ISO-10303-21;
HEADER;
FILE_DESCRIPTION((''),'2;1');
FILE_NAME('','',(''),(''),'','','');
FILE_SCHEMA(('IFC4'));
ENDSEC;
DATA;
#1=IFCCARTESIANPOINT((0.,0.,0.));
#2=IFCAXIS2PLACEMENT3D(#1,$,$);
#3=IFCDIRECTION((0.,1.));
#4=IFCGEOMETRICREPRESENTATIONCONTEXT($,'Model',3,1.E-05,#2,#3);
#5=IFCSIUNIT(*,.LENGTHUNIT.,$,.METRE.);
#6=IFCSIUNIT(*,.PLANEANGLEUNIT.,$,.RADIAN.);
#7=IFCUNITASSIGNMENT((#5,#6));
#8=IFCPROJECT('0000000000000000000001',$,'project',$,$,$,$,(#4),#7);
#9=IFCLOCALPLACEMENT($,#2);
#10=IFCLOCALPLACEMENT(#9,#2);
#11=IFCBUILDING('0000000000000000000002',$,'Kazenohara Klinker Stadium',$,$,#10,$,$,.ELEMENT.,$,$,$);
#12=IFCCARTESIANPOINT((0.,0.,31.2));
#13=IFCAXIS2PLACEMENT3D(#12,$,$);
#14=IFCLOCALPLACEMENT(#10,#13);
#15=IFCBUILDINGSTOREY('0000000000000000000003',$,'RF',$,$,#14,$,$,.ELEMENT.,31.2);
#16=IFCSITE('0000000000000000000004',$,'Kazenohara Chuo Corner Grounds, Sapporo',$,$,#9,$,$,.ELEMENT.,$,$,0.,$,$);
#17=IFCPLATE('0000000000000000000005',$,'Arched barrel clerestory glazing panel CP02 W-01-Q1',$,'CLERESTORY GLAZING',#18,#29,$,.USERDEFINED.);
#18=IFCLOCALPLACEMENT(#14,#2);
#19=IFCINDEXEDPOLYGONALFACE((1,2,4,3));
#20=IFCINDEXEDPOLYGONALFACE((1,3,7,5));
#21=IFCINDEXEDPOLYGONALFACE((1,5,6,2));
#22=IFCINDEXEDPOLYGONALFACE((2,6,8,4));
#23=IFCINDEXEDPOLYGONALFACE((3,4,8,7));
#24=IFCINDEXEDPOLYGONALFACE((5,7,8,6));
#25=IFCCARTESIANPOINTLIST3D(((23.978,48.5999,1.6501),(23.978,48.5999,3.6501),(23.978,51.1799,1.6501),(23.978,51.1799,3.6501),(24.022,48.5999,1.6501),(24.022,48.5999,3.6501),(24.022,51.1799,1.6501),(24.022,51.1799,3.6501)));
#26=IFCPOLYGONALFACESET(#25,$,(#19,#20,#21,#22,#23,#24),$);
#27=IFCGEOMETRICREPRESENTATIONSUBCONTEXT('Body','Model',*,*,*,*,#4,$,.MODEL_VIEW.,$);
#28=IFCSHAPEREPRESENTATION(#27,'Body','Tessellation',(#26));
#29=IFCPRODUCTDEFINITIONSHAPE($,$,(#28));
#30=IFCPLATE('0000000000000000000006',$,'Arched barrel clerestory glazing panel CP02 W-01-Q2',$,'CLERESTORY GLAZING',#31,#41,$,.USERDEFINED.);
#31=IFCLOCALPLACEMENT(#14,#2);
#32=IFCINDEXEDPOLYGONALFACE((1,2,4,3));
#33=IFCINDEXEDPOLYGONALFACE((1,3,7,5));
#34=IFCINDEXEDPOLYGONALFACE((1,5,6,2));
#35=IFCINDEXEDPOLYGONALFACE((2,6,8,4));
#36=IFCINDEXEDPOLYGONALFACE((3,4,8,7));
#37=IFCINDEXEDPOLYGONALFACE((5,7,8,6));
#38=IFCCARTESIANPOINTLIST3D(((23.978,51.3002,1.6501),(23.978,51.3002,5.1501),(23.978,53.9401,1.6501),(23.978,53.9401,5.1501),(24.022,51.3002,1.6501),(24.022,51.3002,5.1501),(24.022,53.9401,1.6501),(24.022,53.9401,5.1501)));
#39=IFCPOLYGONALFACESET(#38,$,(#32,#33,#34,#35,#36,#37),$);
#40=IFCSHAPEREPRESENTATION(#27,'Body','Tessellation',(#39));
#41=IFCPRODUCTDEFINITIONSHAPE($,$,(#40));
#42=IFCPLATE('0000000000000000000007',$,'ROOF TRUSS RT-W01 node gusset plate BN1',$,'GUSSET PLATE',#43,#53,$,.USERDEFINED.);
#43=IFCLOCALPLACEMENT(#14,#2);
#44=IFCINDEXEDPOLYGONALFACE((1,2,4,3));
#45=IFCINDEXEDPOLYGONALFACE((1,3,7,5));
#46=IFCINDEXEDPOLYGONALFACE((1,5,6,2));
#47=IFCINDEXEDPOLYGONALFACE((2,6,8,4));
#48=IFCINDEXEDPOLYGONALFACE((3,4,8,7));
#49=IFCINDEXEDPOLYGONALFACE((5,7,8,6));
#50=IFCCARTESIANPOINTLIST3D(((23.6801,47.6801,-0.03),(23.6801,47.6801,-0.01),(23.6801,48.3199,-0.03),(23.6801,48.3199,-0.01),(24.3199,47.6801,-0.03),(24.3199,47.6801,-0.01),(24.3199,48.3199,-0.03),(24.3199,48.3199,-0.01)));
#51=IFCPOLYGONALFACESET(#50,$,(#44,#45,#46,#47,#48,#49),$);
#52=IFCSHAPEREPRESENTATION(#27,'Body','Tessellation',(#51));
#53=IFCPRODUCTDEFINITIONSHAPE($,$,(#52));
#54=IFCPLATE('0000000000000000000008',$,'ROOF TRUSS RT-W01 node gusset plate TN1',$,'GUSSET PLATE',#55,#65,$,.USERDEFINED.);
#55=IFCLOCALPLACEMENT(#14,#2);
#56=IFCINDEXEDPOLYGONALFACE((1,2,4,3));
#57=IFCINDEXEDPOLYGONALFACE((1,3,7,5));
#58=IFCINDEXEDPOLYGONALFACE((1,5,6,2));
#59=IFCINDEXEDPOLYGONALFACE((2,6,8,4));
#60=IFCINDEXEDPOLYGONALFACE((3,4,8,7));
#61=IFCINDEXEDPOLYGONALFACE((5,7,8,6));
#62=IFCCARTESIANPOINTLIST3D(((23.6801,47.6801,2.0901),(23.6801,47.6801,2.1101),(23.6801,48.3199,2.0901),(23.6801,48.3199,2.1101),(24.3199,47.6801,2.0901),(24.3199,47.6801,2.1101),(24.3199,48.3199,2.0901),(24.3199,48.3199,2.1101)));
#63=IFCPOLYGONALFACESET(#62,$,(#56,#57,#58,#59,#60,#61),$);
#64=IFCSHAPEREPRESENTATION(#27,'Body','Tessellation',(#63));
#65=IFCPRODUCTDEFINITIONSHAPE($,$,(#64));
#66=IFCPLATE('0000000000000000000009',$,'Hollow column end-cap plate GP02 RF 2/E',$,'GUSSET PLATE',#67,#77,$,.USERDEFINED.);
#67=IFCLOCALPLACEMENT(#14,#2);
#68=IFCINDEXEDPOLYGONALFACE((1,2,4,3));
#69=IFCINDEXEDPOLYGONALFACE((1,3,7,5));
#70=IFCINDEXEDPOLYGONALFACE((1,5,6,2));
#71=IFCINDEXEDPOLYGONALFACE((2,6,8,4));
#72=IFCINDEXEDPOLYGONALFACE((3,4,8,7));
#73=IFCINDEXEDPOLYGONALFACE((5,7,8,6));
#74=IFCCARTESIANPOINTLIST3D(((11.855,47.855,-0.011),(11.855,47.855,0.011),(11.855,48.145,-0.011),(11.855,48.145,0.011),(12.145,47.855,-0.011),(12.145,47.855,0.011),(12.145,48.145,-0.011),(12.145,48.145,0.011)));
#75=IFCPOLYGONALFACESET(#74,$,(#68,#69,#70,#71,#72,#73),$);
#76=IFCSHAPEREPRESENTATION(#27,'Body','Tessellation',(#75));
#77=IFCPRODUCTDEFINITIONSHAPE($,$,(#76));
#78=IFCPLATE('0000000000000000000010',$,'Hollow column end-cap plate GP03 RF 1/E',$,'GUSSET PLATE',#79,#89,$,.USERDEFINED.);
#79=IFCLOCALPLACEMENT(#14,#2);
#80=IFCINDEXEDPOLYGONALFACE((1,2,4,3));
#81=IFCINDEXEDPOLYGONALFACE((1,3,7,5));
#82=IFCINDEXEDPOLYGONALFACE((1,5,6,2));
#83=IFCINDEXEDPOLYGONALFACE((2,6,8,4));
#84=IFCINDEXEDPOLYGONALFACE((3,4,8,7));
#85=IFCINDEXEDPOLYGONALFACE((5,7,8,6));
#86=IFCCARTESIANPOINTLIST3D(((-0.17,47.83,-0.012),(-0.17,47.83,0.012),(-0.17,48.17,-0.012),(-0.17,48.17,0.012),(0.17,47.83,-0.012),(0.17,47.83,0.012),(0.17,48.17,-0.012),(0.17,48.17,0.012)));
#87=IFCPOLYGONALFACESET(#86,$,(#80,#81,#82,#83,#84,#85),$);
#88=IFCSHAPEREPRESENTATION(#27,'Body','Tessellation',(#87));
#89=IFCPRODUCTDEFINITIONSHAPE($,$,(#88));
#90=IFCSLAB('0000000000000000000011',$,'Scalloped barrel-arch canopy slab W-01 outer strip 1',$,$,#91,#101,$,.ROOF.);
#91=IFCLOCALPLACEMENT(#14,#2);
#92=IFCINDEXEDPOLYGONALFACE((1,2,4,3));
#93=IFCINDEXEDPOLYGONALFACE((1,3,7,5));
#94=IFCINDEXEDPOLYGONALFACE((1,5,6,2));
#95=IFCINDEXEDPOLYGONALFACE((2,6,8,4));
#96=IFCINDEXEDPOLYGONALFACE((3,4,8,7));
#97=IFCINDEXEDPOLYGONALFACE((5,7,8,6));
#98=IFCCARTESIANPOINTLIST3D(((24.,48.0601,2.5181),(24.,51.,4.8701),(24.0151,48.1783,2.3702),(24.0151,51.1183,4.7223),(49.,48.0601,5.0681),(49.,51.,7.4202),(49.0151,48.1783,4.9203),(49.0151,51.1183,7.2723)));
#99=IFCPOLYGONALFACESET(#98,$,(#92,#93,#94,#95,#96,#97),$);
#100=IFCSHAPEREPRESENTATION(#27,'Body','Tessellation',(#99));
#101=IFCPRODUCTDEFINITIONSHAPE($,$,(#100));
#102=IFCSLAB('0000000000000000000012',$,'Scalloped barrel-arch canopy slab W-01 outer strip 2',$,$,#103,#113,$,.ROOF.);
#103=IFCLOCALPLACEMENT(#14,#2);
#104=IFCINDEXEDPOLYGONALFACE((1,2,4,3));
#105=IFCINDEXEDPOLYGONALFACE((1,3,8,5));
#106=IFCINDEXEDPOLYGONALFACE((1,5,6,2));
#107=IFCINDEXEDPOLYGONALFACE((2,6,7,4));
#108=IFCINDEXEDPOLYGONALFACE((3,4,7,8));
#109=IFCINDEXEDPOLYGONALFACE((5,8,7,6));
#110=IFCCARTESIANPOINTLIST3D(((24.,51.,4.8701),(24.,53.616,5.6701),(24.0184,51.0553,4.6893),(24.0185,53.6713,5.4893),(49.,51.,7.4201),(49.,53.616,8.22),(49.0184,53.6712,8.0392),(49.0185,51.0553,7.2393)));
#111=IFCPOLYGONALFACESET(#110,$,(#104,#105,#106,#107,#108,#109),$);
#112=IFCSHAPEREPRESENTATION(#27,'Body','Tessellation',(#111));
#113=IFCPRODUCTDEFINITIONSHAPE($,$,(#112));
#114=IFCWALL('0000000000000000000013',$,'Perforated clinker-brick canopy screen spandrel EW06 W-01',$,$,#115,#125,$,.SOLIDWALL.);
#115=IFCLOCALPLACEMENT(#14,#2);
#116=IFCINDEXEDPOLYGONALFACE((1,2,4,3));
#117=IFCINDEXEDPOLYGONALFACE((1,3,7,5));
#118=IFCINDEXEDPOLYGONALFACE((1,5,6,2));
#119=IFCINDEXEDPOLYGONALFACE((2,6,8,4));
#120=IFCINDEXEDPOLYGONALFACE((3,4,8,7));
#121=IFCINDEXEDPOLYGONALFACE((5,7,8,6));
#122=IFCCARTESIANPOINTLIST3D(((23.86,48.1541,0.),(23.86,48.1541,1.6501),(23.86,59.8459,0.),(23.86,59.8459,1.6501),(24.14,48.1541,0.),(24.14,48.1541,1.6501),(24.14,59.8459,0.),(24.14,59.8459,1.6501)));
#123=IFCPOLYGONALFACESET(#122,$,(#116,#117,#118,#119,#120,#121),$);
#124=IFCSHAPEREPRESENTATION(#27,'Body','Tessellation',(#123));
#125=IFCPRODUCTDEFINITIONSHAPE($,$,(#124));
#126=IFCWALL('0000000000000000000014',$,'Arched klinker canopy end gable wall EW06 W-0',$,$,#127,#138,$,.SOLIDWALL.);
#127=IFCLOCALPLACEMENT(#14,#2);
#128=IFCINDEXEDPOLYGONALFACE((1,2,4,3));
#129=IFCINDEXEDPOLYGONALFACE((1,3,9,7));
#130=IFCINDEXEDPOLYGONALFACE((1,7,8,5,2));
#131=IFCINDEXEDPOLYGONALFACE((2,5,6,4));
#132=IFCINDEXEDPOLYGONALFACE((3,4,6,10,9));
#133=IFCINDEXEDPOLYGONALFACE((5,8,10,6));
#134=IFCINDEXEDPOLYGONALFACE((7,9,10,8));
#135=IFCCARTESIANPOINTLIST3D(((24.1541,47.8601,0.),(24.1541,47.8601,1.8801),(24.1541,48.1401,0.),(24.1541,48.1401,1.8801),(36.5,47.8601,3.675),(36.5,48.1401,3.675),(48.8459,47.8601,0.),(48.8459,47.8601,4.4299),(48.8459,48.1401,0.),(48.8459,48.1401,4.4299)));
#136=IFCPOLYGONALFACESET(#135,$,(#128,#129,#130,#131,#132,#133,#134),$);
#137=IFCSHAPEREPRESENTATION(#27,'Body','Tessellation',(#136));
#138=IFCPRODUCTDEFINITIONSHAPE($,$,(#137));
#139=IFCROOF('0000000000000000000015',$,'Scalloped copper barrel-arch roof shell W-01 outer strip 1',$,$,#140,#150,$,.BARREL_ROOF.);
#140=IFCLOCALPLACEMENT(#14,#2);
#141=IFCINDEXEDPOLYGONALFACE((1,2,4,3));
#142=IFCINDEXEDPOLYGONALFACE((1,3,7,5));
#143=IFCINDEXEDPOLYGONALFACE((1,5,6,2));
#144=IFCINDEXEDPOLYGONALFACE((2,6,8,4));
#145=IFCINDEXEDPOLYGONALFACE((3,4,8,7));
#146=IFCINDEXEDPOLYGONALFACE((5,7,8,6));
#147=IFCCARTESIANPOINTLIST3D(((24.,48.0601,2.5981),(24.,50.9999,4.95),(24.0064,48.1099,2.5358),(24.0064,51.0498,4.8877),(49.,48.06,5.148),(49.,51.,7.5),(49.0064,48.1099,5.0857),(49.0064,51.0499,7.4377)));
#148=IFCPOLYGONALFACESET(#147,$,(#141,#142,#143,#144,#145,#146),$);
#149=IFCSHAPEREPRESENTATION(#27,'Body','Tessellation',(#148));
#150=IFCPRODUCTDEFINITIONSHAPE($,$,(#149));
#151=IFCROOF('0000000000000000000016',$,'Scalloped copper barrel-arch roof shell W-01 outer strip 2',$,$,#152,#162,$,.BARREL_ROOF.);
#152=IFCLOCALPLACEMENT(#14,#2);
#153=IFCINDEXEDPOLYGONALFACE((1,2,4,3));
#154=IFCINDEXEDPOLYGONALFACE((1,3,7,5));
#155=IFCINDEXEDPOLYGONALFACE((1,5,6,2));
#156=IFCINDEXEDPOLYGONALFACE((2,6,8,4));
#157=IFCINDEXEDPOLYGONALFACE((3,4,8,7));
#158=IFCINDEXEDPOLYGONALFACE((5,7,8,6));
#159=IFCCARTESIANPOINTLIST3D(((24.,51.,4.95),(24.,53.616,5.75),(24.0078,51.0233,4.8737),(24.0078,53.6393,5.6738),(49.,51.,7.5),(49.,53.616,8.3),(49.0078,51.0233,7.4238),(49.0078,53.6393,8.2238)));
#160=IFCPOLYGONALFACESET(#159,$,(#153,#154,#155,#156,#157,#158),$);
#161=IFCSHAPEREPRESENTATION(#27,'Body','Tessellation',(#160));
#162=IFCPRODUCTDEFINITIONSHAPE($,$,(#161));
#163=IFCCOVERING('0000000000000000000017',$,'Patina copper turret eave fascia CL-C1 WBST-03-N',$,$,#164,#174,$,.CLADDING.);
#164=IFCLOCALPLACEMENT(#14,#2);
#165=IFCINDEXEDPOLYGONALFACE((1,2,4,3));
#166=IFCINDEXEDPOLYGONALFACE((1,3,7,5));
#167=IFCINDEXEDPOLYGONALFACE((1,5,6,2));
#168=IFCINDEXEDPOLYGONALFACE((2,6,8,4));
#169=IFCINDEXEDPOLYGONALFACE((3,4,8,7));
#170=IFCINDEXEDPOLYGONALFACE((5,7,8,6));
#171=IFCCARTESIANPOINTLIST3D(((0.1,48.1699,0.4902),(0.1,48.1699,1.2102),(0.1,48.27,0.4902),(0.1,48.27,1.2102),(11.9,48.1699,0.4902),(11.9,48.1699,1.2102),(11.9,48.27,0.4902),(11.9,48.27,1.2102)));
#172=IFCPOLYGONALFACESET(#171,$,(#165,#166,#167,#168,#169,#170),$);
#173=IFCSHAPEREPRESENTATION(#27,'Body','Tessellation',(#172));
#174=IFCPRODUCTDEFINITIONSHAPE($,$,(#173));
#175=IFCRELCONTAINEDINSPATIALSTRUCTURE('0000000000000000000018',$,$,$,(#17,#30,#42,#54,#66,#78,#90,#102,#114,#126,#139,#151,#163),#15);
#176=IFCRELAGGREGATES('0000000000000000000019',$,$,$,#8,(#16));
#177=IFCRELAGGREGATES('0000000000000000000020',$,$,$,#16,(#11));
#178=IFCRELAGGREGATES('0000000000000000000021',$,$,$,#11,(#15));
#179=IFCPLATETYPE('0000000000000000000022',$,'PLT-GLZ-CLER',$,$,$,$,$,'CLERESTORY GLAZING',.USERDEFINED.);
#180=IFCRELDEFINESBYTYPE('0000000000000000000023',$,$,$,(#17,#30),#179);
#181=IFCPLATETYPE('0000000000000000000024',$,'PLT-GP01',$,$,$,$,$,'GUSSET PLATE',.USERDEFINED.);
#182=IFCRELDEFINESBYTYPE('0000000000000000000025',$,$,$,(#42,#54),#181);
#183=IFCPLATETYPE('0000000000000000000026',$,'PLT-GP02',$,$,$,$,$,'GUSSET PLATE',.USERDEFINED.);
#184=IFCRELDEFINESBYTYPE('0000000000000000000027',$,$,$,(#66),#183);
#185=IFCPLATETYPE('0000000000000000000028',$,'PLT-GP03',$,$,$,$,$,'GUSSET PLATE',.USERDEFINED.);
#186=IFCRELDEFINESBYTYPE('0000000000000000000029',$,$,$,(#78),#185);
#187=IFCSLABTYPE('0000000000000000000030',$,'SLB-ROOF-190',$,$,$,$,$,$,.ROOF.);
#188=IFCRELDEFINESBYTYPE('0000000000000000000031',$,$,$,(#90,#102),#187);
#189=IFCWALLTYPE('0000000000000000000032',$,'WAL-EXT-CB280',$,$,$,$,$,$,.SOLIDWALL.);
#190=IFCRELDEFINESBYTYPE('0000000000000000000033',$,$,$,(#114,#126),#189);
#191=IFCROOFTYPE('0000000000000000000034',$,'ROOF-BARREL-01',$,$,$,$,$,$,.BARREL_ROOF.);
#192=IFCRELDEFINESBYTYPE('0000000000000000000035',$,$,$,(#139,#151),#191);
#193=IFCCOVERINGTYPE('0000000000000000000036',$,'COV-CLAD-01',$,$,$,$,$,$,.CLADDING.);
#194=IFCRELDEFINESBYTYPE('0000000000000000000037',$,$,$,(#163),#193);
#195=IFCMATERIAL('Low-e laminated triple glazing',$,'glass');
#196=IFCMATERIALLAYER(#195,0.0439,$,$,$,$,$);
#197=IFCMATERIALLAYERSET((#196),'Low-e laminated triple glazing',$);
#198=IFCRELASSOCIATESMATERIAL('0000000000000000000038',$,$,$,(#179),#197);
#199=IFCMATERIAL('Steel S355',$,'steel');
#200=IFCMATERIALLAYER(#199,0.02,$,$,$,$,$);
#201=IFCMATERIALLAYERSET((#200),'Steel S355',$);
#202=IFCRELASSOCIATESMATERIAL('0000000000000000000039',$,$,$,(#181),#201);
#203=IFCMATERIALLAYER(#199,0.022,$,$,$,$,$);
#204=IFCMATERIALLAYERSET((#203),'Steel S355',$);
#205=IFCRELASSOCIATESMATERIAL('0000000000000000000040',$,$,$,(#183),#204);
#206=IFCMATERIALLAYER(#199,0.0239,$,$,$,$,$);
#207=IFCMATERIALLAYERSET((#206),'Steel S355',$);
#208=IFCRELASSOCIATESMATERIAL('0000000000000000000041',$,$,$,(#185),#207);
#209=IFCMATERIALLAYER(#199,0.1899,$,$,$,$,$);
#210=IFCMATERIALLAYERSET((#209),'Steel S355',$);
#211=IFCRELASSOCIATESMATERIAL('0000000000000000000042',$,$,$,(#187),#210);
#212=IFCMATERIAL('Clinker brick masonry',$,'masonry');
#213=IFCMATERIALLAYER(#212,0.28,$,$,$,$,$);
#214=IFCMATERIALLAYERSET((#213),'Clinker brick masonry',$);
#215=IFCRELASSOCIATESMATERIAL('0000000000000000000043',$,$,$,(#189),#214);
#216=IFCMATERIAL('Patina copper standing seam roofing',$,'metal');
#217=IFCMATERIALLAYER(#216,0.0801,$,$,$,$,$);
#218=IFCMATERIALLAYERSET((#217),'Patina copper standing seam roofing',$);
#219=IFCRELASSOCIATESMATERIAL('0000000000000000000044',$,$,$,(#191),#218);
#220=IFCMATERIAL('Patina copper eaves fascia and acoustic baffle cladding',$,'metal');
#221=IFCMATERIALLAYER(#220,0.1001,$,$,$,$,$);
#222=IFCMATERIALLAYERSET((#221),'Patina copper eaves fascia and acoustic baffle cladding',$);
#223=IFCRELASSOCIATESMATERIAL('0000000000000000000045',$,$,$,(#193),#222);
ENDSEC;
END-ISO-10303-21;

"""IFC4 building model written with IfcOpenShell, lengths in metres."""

from ifc_helpers import new_model, si_unit, direction, frame, frame_2d, origin, origin_2d, place, context, subcontext, project, spatial, polyline, rectangle, outline, extrude, material, layer, layer_set, type_object, element, save


model = new_model("IFC4")

# Units and contexts
model_context = context("Model", 3, precision=1e-05, world=origin(), true_north=direction((0.0, 1.0)))
body_context = subcontext(model_context, "Body", "Model", "MODEL_VIEW")
ifc_project = project(units=[si_unit("LENGTHUNIT", "METRE"), si_unit("PLANEANGLEUNIT", "RADIAN")], contexts=[model_context])

# Site, building, storey
site_placement = place(None, origin())
site = spatial("IfcSite", under=ifc_project, at=site_placement, Name="Kazenohara Chuo Corner Grounds, Sapporo", CompositionType="ELEMENT", RefElevation=0.0)
building_placement = place(site_placement, origin())
building = spatial("IfcBuilding", under=site, at=building_placement, Name="Kazenohara Klinker Stadium", CompositionType="ELEMENT")
storey_placement = place(building_placement, frame((0.0, 0.0, 31.2)))
storey = spatial("IfcBuildingStorey", under=building, at=storey_placement, Name="RF", CompositionType="ELEMENT", Elevation=31.2)

# Shared definitions
ifc_material_1 = material(Name="Steel S355", Category="steel")

# Plates
ifc_material_2 = material(Name="Low-e laminated triple glazing", Category="glass")
ifc_layer_1 = layer(ifc_material_2, 0.0439)
ifc_layer_set_1 = layer_set([ifc_layer_1], Name="Low-e laminated triple glazing")
plate_type_1 = type_object("IfcPlateType", Name="PLT-GLZ-CLER", ElementType="CLERESTORY GLAZING", PredefinedType="USERDEFINED", material=ifc_layer_set_1)
plate_1_placement = place(storey_placement, frame((24.0, 49.8899, 1.6501), z_axis=(0.0, 0.0, 1.0), x_axis=(1.0, 0.0, 0.0)))
element("IfcPlate", 1, at=plate_1_placement, inside=storey, type_object=plate_type_1, Name="Arched barrel clerestory glazing panel CP02 W-01-Q1", ObjectType="CLERESTORY GLAZING", PredefinedType="USERDEFINED", context=body_context, shape_type="SweptSolid", body=[
    extrude(rectangle(XDim=0.0439, YDim=2.5801, at=origin_2d()), origin(), (0.0, 0.0, 1.0), 2.0),
])
plate_2_placement = place(storey_placement, frame((24.0, 52.6201, 1.6501), z_axis=(0.0, 0.0, 1.0), x_axis=(1.0, 0.0, 0.0)))
element("IfcPlate", 2, at=plate_2_placement, inside=storey, type_object=plate_type_1, Name="Arched barrel clerestory glazing panel CP02 W-01-Q2", ObjectType="CLERESTORY GLAZING", PredefinedType="USERDEFINED", context=body_context, shape_type="SweptSolid", body=[
    extrude(rectangle(XDim=0.0439, YDim=2.6399, at=origin_2d()), origin(), (0.0, 0.0, 1.0), 3.5),
])
ifc_layer_2 = layer(ifc_material_1, 0.02)
ifc_layer_set_2 = layer_set([ifc_layer_2], Name="Steel S355")
plate_type_2 = type_object("IfcPlateType", Name="PLT-GP01", ElementType="GUSSET PLATE", PredefinedType="USERDEFINED", material=ifc_layer_set_2)
for number, where, z_axis, x_axis, name in (
    (3, (24.0, 48.0, -0.03), (0.0, 0.0, 1.0), (1.0, 0.0, 0.0), "ROOF TRUSS RT-W01 node gusset plate BN1"),
    (4, (24.0, 48.0, 2.0901), (0.0, 0.0, 1.0), (1.0, 0.0, 0.0), "ROOF TRUSS RT-W01 node gusset plate TN1"),
):
    element("IfcPlate", number, at=place(storey_placement, frame(where, z_axis=z_axis, x_axis=x_axis)), inside=storey, type_object=plate_type_2, Name=name, ObjectType="GUSSET PLATE", PredefinedType="USERDEFINED", context=body_context, shape_type="SweptSolid", body=[
        extrude(rectangle(XDim=0.6399, YDim=0.6399, at=origin_2d()), origin(), (0.0, 0.0, 1.0), 0.02),
    ])
ifc_layer_3 = layer(ifc_material_1, 0.022)
ifc_layer_set_3 = layer_set([ifc_layer_3], Name="Steel S355")
plate_type_3 = type_object("IfcPlateType", Name="PLT-GP02", ElementType="GUSSET PLATE", PredefinedType="USERDEFINED", material=ifc_layer_set_3)
plate_3_placement = place(storey_placement, frame((12.0, 48.0, -0.011), z_axis=(0.0, 0.0, 1.0), x_axis=(1.0, 0.0, 0.0)))
element("IfcPlate", 5, at=plate_3_placement, inside=storey, type_object=plate_type_3, Name="Hollow column end-cap plate GP02 RF 2/E", ObjectType="GUSSET PLATE", PredefinedType="USERDEFINED", context=body_context, shape_type="SweptSolid", body=[
    extrude(rectangle(XDim=0.29, YDim=0.29, at=origin_2d()), origin(), (0.0, 0.0, 1.0), 0.022),
])
ifc_layer_4 = layer(ifc_material_1, 0.0239)
ifc_layer_set_4 = layer_set([ifc_layer_4], Name="Steel S355")
plate_type_4 = type_object("IfcPlateType", Name="PLT-GP03", ElementType="GUSSET PLATE", PredefinedType="USERDEFINED", material=ifc_layer_set_4)
plate_4_placement = place(storey_placement, frame((0.0, 48.0, -0.012), z_axis=(0.0, 0.0, 1.0), x_axis=(1.0, 0.0, 0.0)))
element("IfcPlate", 6, at=plate_4_placement, inside=storey, type_object=plate_type_4, Name="Hollow column end-cap plate GP03 RF 1/E", ObjectType="GUSSET PLATE", PredefinedType="USERDEFINED", context=body_context, shape_type="SweptSolid", body=[
    extrude(rectangle(XDim=0.3401, YDim=0.3401, at=origin_2d()), origin(), (0.0, 0.0, 1.0), 0.0239),
])

# Slabs
ifc_layer_5 = layer(ifc_material_1, 0.1899)
ifc_layer_set_5 = layer_set([ifc_layer_5], Name="Steel S355")
slab_type = type_object("IfcSlabType", Name="SLB-ROOF-190", PredefinedType="ROOF", material=ifc_layer_set_5)
slab_1_placement = place(storey_placement, frame((24.0, 48.0601, 2.5181), z_axis=(-0.079397, -0.622739, 0.778391), x_axis=(0.994838, 0.0, 0.101475)))
element("IfcSlab", 7, at=slab_1_placement, inside=storey, type_object=slab_type, Name="Scalloped barrel-arch canopy slab W-01 outer strip 1", PredefinedType="ROOF", context=body_context, shape_type="SweptSolid", body=[
    extrude(outline(polyline([(0.0, 0.0), (25.1297, 0.0), (25.3684, 3.7575), (0.2387, 3.7575), (0.0, 0.0)])), origin(), (0.0, 0.0, -1.0), 0.1899),
])
slab_2_placement = place(storey_placement, frame((24.0, 51.0, 4.8701), z_axis=(-0.097078, -0.291039, 0.951773), x_axis=(0.994838, 0.000001, 0.101471)))
element("IfcSlab", 8, at=slab_2_placement, inside=storey, type_object=slab_type, Name="Scalloped barrel-arch canopy slab W-01 outer strip 2", PredefinedType="ROOF", context=body_context, shape_type="SweptSolid", body=[
    extrude(outline(polyline([(0.0, 0.0), (25.1297, 0.0), (25.2109, 2.7343), (0.0812, 2.7344), (0.0, 0.0)])), origin(), (0.0, 0.0, -1.0), 0.1899),
])

# Walls
ifc_material_3 = material(Name="Clinker brick masonry", Category="masonry")
ifc_layer_6 = layer(ifc_material_3, 0.28)
ifc_layer_set_6 = layer_set([ifc_layer_6], Name="Clinker brick masonry")
wall_type = type_object("IfcWallType", Name="WAL-EXT-CB280", PredefinedType="SOLIDWALL", material=ifc_layer_set_6)
wall_1_placement = place(storey_placement, frame((24.0, 48.1541, 0.0), z_axis=(0.0, 0.0, 1.0), x_axis=(0.0, 1.0, 0.0)))
element("IfcWall", 9, at=wall_1_placement, inside=storey, type_object=wall_type, Name="Perforated clinker-brick canopy screen spandrel EW06 W-01", PredefinedType="SOLIDWALL", context=body_context, shape_type="SweptSolid", body=[
    extrude(rectangle(XDim=11.6919, YDim=0.28, at=frame_2d((5.8459, 0.0))), origin(), (0.0, 0.0, 1.0), 1.6501),
])
wall_2_placement = place(storey_placement, frame((24.1541, 48.0, 0.0), z_axis=(0.0, 0.0, 1.0), x_axis=(1.0, 0.0, 0.0)))
element("IfcWall", 10, at=wall_2_placement, inside=storey, type_object=wall_type, Name="Arched klinker canopy end gable wall EW06 W-0", PredefinedType="SOLIDWALL", context=body_context, shape_type="SweptSolid", body=[
    extrude(outline(polyline([(0.0, 0.0), (24.6919, 0.0), (24.6919, 4.4299), (12.3459, 3.675), (0.0, 1.8801), (0.0, 0.0)])), frame((0.0, 0.1401, 0.0), z_axis=(0.0, -1.0, 0.0), x_axis=(1.0, 0.0, 0.0)), (0.0, 0.0, 1.0), 0.28),
])

# Roofs
ifc_material_4 = material(Name="Patina copper standing seam roofing", Category="metal")
ifc_layer_7 = layer(ifc_material_4, 0.0801)
ifc_layer_set_7 = layer_set([ifc_layer_7], Name="Patina copper standing seam roofing")
roof_type = type_object("IfcRoofType", Name="ROOF-BARREL-01", PredefinedType="BARREL_ROOF", material=ifc_layer_set_7)
roof_1_placement = place(storey_placement, frame((24.0, 48.0601, 2.5981), z_axis=(-0.079395, -0.622719, 0.778407), x_axis=(0.994839, -0.000002, 0.101469)))
element("IfcRoof", 11, at=roof_1_placement, inside=storey, type_object=roof_type, Name="Scalloped copper barrel-arch roof shell W-01 outer strip 1", PredefinedType="BARREL_ROOF", context=body_context, shape_type="SweptSolid", body=[
    extrude(outline(polyline([(0.0, 0.0), (25.1297, 0.0), (25.3683, 3.7575), (0.2386, 3.7573), (0.0, 0.0)])), origin(), (0.0, 0.0, -1.0), 0.0801),
])
roof_2_placement = place(storey_placement, frame((24.0, 51.0, 4.95), z_axis=(-0.097081, -0.29108, 0.95176), x_axis=(0.994838, 0.0, 0.101475)))
element("IfcRoof", 12, at=roof_2_placement, inside=storey, type_object=roof_type, Name="Scalloped copper barrel-arch roof shell W-01 outer strip 2", PredefinedType="BARREL_ROOF", context=body_context, shape_type="SweptSolid", body=[
    extrude(outline(polyline([(0.0, 0.0), (25.1297, 0.0), (25.2109, 2.7344), (0.0812, 2.7344), (0.0, 0.0)])), origin(), (0.0, 0.0, -1.0), 0.0801),
])

# Covering
ifc_material_5 = material(Name="Patina copper eaves fascia and acoustic baffle cladding", Category="metal")
ifc_layer_8 = layer(ifc_material_5, 0.1001)
ifc_layer_set_8 = layer_set([ifc_layer_8], Name="Patina copper eaves fascia and acoustic baffle cladding")
covering_type = type_object("IfcCoveringType", Name="COV-CLAD-01", PredefinedType="CLADDING", material=ifc_layer_set_8)
covering_placement = place(storey_placement, frame((6.0, 48.22, 0.4902), z_axis=(0.0, 0.0, 1.0), x_axis=(1.0, 0.0, 0.0)))
element("IfcCovering", 13, at=covering_placement, inside=storey, type_object=covering_type, Name="Patina copper turret eave fascia CL-C1 WBST-03-N", PredefinedType="CLADDING", context=body_context, shape_type="SweptSolid", body=[
    extrude(rectangle(XDim=11.8, YDim=0.1001, at=origin_2d()), origin(), (0.0, 0.0, 1.0), 0.72),
])

save(model, "model.ifc")
